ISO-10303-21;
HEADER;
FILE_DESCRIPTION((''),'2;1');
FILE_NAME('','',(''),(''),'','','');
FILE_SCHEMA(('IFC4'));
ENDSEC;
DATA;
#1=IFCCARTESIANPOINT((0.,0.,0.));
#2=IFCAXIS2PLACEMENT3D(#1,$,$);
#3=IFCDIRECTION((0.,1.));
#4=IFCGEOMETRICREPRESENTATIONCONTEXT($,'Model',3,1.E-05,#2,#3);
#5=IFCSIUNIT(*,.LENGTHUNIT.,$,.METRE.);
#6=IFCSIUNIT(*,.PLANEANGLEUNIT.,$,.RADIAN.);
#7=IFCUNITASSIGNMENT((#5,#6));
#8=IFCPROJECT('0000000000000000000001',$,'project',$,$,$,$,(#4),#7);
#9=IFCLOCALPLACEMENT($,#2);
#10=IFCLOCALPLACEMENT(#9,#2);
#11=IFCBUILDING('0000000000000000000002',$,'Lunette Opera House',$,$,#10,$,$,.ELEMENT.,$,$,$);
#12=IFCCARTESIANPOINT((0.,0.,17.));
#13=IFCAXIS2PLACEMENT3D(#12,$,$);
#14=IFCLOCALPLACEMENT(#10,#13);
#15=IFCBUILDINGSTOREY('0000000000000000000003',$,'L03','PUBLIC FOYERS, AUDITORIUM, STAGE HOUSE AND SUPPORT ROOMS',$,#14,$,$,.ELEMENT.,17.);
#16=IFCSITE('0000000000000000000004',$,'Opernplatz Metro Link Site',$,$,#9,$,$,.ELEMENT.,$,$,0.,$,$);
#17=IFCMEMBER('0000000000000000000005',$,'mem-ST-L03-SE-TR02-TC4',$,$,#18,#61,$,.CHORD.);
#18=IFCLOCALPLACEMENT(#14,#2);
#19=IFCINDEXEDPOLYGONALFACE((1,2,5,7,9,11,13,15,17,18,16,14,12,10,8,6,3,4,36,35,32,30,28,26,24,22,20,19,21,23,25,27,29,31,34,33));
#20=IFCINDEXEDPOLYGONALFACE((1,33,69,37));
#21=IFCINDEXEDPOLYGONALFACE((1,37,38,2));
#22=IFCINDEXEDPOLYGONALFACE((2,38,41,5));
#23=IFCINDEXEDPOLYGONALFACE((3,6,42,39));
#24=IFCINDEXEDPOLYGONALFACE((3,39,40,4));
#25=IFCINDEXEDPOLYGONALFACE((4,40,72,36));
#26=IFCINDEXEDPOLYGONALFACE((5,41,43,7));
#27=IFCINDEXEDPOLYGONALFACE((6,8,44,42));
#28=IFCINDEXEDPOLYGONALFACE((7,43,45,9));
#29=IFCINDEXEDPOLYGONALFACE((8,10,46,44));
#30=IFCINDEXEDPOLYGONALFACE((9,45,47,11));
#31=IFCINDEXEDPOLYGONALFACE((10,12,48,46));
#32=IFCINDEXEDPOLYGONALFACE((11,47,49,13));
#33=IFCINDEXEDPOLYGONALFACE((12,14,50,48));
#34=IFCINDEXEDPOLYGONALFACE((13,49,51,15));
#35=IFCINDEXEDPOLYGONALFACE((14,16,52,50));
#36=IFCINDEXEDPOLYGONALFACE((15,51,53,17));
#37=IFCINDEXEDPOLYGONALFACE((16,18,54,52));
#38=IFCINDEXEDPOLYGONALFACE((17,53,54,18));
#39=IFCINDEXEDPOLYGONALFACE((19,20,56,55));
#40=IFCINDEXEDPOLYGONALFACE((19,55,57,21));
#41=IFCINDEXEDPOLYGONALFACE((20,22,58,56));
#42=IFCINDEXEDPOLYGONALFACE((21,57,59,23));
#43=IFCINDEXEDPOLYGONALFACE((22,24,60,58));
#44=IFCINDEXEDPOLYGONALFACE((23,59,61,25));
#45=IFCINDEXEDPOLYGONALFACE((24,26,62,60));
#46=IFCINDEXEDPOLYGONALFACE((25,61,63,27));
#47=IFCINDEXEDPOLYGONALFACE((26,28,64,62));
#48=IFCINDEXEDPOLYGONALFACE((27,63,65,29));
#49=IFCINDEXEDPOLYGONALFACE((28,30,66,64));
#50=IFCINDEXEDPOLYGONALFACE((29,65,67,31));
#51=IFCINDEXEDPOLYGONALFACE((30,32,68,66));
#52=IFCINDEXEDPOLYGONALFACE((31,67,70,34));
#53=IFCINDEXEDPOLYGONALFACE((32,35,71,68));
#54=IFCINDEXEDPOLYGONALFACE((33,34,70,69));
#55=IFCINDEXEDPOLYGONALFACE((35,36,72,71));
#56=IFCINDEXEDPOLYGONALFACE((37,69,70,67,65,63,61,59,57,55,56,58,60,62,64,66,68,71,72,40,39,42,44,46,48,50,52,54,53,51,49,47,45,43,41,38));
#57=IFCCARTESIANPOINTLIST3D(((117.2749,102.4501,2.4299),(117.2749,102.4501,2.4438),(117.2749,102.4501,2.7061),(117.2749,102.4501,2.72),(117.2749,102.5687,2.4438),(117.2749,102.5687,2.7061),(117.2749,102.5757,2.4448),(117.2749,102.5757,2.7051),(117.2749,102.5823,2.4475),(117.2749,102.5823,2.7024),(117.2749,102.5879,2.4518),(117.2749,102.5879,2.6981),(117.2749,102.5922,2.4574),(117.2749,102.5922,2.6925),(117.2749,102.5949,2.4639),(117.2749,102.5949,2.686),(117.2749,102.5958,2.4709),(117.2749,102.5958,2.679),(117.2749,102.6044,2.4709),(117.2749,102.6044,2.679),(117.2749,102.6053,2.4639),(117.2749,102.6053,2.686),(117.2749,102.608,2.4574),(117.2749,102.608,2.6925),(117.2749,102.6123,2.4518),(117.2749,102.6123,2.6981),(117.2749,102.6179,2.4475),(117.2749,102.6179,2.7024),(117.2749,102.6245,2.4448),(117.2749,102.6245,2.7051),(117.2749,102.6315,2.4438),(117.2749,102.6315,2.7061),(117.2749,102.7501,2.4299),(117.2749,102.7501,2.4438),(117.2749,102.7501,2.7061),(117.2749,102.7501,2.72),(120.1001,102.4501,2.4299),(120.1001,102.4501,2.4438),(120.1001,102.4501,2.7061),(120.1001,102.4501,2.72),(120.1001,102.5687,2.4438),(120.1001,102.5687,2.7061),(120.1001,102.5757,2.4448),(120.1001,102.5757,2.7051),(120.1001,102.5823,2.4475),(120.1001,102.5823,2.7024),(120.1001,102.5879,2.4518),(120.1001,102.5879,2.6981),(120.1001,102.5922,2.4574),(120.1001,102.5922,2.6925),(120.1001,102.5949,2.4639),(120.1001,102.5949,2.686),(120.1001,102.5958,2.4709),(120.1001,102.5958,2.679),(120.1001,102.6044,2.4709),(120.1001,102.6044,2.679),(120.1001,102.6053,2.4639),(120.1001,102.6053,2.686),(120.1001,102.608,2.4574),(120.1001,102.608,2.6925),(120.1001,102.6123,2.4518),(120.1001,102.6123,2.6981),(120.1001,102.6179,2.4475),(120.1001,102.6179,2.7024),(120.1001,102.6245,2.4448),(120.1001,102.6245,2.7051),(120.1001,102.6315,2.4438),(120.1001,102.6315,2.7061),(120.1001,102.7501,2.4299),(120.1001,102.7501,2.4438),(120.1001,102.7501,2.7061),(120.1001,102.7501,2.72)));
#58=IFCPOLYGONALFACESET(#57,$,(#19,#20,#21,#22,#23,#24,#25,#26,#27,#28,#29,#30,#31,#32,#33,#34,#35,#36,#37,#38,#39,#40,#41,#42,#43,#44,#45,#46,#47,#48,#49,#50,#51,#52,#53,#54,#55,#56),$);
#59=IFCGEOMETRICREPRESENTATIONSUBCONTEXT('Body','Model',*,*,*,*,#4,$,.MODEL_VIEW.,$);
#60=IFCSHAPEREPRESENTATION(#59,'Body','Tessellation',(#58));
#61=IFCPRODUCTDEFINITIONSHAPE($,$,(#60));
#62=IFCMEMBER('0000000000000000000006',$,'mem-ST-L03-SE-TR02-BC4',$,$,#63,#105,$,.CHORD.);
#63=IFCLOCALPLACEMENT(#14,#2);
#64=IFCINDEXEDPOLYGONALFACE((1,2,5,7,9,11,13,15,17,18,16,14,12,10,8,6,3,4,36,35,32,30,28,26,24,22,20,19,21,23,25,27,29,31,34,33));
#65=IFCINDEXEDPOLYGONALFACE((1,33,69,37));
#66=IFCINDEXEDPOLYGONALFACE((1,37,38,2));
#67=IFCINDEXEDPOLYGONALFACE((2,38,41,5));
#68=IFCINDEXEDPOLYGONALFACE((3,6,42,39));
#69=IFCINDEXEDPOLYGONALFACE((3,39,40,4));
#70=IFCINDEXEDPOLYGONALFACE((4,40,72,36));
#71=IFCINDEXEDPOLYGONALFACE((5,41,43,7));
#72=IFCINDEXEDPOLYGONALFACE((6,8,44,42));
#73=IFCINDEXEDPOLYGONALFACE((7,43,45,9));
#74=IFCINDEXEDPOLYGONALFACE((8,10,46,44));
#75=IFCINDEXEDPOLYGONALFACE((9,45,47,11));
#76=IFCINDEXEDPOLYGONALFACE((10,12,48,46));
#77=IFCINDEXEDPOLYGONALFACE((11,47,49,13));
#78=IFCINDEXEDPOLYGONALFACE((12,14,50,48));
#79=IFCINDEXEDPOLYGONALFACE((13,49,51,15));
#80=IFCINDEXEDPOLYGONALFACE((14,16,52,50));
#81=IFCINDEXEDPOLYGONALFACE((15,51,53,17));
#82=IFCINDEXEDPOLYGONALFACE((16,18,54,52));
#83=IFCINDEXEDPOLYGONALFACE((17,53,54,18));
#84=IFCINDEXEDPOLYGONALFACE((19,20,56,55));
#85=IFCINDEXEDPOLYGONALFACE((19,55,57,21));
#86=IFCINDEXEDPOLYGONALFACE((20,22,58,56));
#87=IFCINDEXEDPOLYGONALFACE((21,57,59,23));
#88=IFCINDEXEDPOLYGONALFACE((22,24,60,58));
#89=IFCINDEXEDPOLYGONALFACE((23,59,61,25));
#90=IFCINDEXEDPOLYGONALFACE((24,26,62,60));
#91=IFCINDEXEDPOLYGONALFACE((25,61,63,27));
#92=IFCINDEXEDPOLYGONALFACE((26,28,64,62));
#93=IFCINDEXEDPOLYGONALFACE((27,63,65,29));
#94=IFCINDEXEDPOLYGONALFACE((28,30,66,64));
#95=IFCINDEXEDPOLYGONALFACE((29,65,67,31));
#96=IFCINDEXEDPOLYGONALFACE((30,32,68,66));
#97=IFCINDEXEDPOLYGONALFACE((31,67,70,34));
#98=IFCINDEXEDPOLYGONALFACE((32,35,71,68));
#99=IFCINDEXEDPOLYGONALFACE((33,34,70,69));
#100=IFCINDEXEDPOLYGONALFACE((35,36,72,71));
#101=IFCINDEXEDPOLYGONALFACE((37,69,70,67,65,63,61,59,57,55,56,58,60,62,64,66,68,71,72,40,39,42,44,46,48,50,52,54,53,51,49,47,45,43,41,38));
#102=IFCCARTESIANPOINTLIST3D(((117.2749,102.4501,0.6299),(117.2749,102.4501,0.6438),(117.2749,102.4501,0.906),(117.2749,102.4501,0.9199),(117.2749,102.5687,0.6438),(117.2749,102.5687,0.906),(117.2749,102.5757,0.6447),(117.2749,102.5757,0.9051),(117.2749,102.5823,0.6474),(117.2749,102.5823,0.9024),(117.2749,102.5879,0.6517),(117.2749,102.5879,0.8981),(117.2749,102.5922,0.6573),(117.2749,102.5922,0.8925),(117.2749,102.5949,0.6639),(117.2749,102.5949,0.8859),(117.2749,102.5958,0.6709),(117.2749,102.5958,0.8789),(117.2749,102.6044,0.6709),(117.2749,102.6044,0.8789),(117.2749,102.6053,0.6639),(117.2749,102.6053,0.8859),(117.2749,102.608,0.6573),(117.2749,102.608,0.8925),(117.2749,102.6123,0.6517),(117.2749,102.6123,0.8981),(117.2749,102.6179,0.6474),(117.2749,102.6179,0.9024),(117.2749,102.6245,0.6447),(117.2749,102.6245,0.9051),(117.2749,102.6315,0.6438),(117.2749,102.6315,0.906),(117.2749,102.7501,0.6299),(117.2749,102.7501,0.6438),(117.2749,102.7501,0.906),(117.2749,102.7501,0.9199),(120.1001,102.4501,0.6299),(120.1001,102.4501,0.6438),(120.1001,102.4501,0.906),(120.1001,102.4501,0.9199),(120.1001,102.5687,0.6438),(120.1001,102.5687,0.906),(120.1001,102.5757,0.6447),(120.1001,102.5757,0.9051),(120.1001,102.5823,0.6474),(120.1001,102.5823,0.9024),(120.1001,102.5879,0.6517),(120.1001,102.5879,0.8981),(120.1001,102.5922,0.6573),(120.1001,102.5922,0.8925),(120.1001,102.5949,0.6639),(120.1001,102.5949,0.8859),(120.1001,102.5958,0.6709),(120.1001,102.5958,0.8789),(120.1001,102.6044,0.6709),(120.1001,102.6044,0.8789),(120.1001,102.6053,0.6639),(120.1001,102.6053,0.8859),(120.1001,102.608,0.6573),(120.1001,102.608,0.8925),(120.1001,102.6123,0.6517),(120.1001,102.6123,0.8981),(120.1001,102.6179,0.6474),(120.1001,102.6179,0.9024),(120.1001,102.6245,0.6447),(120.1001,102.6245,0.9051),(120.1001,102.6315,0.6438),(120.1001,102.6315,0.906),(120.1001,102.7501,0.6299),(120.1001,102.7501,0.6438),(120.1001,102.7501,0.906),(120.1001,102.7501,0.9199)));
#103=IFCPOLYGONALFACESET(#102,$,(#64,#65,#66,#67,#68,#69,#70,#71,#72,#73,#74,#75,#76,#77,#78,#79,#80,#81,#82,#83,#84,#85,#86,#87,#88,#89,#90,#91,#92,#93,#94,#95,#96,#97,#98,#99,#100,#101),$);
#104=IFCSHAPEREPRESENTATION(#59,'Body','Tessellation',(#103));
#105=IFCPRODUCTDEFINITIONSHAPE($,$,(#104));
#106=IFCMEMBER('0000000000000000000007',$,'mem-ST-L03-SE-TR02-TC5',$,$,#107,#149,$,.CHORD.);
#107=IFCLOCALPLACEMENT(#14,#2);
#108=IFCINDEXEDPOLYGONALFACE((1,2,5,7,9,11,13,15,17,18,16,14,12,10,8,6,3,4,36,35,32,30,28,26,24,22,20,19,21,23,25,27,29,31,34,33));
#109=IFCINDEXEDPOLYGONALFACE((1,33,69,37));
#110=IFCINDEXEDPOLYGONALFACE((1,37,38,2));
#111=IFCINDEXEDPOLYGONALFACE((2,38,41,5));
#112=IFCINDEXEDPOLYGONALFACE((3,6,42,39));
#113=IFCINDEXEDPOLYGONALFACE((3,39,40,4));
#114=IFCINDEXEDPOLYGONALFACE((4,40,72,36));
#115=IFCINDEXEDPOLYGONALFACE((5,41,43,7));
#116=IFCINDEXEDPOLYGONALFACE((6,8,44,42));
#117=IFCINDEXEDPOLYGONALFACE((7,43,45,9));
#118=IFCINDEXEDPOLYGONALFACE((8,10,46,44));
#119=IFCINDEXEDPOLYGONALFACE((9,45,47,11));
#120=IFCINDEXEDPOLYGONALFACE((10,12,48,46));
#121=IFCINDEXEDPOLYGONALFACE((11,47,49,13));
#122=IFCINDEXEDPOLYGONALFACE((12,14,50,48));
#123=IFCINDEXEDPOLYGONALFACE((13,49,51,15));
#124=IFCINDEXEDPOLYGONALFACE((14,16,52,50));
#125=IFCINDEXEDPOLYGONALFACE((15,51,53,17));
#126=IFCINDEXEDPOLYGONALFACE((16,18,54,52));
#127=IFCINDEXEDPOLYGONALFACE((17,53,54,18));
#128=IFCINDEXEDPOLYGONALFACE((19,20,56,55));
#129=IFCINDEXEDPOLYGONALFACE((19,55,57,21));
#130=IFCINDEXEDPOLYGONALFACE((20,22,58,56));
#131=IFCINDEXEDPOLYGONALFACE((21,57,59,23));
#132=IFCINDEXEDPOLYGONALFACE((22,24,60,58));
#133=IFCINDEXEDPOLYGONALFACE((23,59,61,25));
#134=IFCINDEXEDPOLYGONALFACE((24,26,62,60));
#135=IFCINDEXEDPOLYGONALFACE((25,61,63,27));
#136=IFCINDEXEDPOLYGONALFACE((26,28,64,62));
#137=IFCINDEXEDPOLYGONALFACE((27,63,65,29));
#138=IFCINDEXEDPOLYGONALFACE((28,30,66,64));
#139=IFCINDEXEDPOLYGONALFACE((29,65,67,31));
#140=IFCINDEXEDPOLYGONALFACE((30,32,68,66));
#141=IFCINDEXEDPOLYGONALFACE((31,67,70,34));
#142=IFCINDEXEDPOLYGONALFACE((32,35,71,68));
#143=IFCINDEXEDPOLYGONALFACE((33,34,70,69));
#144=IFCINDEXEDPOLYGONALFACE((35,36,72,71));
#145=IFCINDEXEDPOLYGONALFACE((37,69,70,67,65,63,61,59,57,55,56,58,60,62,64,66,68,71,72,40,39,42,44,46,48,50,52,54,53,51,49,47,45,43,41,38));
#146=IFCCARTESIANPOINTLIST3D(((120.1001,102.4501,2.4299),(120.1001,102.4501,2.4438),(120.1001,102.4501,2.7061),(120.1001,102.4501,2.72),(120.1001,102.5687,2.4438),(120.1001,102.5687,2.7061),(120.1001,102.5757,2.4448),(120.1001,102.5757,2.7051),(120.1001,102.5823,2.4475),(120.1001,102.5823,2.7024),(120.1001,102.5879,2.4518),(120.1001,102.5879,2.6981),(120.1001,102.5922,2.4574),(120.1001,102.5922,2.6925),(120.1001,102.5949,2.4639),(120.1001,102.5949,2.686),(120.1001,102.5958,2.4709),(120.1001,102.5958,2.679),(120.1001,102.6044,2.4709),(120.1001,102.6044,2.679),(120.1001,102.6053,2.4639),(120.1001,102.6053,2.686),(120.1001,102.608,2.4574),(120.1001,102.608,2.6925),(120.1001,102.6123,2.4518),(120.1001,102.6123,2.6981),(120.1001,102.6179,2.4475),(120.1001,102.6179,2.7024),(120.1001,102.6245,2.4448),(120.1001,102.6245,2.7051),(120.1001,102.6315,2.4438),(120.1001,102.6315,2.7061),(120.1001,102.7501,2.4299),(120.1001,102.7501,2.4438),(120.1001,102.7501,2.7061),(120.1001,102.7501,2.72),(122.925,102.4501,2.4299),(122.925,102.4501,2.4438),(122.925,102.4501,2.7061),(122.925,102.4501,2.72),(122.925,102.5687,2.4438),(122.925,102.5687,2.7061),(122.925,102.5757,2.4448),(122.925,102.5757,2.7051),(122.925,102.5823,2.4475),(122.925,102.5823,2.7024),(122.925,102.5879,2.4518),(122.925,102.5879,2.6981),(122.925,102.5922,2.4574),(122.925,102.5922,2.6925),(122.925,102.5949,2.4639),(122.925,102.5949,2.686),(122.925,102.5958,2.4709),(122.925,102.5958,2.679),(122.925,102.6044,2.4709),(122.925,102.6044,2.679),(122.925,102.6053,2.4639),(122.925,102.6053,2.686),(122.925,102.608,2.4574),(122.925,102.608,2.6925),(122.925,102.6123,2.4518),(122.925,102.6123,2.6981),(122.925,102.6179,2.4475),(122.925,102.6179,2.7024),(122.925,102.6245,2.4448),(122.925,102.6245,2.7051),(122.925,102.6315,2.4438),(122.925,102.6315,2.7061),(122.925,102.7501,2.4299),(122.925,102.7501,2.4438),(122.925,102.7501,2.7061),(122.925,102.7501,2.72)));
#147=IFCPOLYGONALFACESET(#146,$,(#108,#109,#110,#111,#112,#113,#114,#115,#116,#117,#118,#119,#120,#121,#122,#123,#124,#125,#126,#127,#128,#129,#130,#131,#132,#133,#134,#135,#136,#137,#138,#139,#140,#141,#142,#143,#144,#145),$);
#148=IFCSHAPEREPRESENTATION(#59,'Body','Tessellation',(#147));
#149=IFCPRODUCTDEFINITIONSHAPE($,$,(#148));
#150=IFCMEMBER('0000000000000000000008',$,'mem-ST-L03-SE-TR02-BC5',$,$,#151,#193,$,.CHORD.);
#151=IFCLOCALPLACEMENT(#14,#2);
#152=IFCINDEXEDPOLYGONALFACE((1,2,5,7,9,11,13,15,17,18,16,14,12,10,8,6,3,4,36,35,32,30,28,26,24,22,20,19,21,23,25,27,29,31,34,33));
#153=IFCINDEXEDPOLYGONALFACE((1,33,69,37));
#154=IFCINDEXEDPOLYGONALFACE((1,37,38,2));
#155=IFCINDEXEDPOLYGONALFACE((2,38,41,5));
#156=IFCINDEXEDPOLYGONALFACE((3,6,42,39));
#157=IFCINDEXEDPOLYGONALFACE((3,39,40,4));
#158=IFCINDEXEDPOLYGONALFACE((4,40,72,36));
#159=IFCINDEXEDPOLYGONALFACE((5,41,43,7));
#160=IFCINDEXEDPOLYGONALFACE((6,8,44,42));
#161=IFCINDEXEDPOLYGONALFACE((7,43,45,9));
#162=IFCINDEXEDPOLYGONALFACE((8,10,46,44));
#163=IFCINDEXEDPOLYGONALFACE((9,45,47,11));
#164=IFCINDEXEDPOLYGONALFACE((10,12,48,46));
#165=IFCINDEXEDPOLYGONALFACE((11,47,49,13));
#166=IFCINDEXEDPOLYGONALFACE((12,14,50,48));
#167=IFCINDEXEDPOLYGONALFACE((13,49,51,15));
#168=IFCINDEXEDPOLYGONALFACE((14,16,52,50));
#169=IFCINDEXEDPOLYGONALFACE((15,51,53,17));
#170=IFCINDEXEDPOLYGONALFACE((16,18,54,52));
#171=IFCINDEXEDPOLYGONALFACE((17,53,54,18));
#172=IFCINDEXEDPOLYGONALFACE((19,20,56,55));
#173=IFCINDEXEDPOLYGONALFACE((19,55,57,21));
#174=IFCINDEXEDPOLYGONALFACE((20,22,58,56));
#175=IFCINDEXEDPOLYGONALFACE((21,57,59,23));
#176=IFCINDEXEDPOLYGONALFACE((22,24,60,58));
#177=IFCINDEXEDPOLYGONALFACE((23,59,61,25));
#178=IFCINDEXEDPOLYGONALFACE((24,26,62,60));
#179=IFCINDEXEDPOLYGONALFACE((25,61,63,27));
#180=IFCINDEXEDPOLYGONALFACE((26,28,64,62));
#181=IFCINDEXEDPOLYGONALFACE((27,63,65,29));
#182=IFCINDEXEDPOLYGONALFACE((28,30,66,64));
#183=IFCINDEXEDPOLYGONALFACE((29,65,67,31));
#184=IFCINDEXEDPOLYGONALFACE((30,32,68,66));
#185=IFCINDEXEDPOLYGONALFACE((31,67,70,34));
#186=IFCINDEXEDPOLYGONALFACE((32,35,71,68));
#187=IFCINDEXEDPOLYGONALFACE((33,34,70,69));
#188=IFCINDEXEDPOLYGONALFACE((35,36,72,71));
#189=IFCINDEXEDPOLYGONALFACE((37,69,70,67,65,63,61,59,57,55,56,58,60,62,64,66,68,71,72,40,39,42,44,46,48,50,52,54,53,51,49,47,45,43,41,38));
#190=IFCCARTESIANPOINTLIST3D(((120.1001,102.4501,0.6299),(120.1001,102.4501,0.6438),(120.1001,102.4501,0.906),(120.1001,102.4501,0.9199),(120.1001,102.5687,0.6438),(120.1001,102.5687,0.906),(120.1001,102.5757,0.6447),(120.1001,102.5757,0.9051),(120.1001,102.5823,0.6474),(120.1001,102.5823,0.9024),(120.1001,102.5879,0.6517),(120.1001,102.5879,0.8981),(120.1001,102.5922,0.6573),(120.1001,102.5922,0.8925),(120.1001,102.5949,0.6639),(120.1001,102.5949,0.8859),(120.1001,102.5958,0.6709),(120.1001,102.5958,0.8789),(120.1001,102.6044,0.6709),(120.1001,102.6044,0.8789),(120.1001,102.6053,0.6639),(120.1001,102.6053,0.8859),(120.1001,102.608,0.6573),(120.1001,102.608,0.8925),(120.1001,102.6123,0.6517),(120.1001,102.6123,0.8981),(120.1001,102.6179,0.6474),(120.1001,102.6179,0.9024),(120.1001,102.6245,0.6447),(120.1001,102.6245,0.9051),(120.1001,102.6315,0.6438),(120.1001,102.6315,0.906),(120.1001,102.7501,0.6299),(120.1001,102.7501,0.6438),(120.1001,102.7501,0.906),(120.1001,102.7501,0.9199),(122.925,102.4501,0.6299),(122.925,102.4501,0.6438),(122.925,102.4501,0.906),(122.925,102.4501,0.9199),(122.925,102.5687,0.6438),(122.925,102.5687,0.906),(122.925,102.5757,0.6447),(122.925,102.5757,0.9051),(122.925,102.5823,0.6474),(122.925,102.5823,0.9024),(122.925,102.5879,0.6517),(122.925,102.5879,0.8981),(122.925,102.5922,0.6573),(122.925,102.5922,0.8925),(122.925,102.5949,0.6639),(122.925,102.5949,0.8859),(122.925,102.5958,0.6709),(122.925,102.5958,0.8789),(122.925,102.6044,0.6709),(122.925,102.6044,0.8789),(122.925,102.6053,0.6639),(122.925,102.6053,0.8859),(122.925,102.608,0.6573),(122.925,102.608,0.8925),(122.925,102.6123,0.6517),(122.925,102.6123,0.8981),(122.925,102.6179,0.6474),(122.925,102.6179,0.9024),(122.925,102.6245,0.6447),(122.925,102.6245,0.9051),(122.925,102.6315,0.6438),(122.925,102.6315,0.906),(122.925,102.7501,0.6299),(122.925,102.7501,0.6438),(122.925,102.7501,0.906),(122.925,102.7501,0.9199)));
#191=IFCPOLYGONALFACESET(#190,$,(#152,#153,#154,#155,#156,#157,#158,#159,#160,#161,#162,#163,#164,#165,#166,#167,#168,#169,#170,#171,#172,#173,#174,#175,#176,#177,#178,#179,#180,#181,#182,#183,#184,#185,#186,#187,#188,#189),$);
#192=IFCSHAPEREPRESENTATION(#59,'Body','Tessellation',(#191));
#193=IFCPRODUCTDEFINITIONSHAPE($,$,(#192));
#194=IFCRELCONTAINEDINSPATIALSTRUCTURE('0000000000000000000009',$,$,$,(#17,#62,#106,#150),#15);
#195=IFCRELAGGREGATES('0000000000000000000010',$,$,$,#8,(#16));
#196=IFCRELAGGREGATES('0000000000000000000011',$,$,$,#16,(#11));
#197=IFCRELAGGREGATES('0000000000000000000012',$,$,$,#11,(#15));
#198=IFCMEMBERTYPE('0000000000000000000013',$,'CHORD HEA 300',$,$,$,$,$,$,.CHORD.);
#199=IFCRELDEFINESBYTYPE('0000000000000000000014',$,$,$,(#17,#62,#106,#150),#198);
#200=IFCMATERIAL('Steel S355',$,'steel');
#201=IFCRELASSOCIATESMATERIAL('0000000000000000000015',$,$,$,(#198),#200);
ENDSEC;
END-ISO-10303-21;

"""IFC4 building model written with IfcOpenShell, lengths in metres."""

from ifc_helpers import new_model, si_unit, direction, frame, origin, origin_2d, place, context, subcontext, project, spatial, i_section, extrude, material, material_profile, profile_set, type_object, element, save


model = new_model("IFC4")

# Units and contexts
model_context = context("Model", 3, precision=1e-05, world=origin(), true_north=direction((0.0, 1.0)))
body_context = subcontext(model_context, "Body", "Model", "MODEL_VIEW")
ifc_project = project(units=[si_unit("LENGTHUNIT", "METRE"), si_unit("PLANEANGLEUNIT", "RADIAN")], contexts=[model_context])

# Site, building, storey
site_placement = place(None, origin())
site = spatial("IfcSite", under=ifc_project, at=site_placement, Name="Opernplatz Metro Link Site", CompositionType="ELEMENT", RefElevation=0.0)
building_placement = place(site_placement, origin())
building = spatial("IfcBuilding", under=site, at=building_placement, Name="Lunette Opera House", CompositionType="ELEMENT")
storey_placement = place(building_placement, frame((0.0, 0.0, 17.0)))
storey = spatial("IfcBuildingStorey", under=building, at=storey_placement, Name="L03", Description="PUBLIC FOYERS, AUDITORIUM, STAGE HOUSE AND SUPPORT ROOMS", CompositionType="ELEMENT", Elevation=17.0)

# Members
ifc_material_1 = material(Name="Steel S355", Category="steel")
ifc_material_profile_1 = material_profile(ifc_material_1, i_section(OverallWidth=0.3, OverallDepth=0.29, WebThickness=0.0085, FlangeThickness=0.0139, FilletRadius=0.0271, at=origin_2d()), Name="HEA 300")
ifc_profile_set_1 = profile_set([ifc_material_profile_1], Name="Steel S355")
member_type_1 = type_object("IfcMemberType", Name="CHORD HEA 300", PredefinedType="CHORD", material=ifc_profile_set_1)
for number, where, z_axis, x_axis, name in (
    (1, (117.2749, 102.6001, 2.575), (1.0, 0.0, 0.0), (0.0, 1.0, 0.0), "mem-ST-L03-SE-TR02-TC4"),
    (2, (117.2749, 102.6001, 0.7749), (1.0, 0.0, 0.0), (0.0, 1.0, 0.0), "mem-ST-L03-SE-TR02-BC4"),
):
    element("IfcMember", number, at=place(storey_placement, frame(where, z_axis=z_axis, x_axis=x_axis)), inside=storey, type_object=member_type_1, Name=name, PredefinedType="CHORD", context=body_context, shape_type="SweptSolid", body=[
        extrude(i_section(OverallWidth=0.3, OverallDepth=0.29, WebThickness=0.0085, FlangeThickness=0.0139, FilletRadius=0.0271, at=origin_2d()), origin(), (0.0, 0.0, 1.0), 2.8252),
    ])
for number, where, z_axis, x_axis, name in (
    (3, (120.1001, 102.6001, 2.575), (1.0, 0.0, 0.0), (0.0, 1.0, 0.0), "mem-ST-L03-SE-TR02-TC5"),
    (4, (120.1001, 102.6001, 0.7749), (1.0, 0.0, 0.0), (0.0, 1.0, 0.0), "mem-ST-L03-SE-TR02-BC5"),
):
    element("IfcMember", number, at=place(storey_placement, frame(where, z_axis=z_axis, x_axis=x_axis)), inside=storey, type_object=member_type_1, Name=name, PredefinedType="CHORD", context=body_context, shape_type="SweptSolid", body=[
        extrude(i_section(OverallWidth=0.3, OverallDepth=0.29, WebThickness=0.0085, FlangeThickness=0.0139, FilletRadius=0.0271, at=origin_2d()), origin(), (0.0, 0.0, 1.0), 2.825),
    ])

save(model, "model.ifc")
